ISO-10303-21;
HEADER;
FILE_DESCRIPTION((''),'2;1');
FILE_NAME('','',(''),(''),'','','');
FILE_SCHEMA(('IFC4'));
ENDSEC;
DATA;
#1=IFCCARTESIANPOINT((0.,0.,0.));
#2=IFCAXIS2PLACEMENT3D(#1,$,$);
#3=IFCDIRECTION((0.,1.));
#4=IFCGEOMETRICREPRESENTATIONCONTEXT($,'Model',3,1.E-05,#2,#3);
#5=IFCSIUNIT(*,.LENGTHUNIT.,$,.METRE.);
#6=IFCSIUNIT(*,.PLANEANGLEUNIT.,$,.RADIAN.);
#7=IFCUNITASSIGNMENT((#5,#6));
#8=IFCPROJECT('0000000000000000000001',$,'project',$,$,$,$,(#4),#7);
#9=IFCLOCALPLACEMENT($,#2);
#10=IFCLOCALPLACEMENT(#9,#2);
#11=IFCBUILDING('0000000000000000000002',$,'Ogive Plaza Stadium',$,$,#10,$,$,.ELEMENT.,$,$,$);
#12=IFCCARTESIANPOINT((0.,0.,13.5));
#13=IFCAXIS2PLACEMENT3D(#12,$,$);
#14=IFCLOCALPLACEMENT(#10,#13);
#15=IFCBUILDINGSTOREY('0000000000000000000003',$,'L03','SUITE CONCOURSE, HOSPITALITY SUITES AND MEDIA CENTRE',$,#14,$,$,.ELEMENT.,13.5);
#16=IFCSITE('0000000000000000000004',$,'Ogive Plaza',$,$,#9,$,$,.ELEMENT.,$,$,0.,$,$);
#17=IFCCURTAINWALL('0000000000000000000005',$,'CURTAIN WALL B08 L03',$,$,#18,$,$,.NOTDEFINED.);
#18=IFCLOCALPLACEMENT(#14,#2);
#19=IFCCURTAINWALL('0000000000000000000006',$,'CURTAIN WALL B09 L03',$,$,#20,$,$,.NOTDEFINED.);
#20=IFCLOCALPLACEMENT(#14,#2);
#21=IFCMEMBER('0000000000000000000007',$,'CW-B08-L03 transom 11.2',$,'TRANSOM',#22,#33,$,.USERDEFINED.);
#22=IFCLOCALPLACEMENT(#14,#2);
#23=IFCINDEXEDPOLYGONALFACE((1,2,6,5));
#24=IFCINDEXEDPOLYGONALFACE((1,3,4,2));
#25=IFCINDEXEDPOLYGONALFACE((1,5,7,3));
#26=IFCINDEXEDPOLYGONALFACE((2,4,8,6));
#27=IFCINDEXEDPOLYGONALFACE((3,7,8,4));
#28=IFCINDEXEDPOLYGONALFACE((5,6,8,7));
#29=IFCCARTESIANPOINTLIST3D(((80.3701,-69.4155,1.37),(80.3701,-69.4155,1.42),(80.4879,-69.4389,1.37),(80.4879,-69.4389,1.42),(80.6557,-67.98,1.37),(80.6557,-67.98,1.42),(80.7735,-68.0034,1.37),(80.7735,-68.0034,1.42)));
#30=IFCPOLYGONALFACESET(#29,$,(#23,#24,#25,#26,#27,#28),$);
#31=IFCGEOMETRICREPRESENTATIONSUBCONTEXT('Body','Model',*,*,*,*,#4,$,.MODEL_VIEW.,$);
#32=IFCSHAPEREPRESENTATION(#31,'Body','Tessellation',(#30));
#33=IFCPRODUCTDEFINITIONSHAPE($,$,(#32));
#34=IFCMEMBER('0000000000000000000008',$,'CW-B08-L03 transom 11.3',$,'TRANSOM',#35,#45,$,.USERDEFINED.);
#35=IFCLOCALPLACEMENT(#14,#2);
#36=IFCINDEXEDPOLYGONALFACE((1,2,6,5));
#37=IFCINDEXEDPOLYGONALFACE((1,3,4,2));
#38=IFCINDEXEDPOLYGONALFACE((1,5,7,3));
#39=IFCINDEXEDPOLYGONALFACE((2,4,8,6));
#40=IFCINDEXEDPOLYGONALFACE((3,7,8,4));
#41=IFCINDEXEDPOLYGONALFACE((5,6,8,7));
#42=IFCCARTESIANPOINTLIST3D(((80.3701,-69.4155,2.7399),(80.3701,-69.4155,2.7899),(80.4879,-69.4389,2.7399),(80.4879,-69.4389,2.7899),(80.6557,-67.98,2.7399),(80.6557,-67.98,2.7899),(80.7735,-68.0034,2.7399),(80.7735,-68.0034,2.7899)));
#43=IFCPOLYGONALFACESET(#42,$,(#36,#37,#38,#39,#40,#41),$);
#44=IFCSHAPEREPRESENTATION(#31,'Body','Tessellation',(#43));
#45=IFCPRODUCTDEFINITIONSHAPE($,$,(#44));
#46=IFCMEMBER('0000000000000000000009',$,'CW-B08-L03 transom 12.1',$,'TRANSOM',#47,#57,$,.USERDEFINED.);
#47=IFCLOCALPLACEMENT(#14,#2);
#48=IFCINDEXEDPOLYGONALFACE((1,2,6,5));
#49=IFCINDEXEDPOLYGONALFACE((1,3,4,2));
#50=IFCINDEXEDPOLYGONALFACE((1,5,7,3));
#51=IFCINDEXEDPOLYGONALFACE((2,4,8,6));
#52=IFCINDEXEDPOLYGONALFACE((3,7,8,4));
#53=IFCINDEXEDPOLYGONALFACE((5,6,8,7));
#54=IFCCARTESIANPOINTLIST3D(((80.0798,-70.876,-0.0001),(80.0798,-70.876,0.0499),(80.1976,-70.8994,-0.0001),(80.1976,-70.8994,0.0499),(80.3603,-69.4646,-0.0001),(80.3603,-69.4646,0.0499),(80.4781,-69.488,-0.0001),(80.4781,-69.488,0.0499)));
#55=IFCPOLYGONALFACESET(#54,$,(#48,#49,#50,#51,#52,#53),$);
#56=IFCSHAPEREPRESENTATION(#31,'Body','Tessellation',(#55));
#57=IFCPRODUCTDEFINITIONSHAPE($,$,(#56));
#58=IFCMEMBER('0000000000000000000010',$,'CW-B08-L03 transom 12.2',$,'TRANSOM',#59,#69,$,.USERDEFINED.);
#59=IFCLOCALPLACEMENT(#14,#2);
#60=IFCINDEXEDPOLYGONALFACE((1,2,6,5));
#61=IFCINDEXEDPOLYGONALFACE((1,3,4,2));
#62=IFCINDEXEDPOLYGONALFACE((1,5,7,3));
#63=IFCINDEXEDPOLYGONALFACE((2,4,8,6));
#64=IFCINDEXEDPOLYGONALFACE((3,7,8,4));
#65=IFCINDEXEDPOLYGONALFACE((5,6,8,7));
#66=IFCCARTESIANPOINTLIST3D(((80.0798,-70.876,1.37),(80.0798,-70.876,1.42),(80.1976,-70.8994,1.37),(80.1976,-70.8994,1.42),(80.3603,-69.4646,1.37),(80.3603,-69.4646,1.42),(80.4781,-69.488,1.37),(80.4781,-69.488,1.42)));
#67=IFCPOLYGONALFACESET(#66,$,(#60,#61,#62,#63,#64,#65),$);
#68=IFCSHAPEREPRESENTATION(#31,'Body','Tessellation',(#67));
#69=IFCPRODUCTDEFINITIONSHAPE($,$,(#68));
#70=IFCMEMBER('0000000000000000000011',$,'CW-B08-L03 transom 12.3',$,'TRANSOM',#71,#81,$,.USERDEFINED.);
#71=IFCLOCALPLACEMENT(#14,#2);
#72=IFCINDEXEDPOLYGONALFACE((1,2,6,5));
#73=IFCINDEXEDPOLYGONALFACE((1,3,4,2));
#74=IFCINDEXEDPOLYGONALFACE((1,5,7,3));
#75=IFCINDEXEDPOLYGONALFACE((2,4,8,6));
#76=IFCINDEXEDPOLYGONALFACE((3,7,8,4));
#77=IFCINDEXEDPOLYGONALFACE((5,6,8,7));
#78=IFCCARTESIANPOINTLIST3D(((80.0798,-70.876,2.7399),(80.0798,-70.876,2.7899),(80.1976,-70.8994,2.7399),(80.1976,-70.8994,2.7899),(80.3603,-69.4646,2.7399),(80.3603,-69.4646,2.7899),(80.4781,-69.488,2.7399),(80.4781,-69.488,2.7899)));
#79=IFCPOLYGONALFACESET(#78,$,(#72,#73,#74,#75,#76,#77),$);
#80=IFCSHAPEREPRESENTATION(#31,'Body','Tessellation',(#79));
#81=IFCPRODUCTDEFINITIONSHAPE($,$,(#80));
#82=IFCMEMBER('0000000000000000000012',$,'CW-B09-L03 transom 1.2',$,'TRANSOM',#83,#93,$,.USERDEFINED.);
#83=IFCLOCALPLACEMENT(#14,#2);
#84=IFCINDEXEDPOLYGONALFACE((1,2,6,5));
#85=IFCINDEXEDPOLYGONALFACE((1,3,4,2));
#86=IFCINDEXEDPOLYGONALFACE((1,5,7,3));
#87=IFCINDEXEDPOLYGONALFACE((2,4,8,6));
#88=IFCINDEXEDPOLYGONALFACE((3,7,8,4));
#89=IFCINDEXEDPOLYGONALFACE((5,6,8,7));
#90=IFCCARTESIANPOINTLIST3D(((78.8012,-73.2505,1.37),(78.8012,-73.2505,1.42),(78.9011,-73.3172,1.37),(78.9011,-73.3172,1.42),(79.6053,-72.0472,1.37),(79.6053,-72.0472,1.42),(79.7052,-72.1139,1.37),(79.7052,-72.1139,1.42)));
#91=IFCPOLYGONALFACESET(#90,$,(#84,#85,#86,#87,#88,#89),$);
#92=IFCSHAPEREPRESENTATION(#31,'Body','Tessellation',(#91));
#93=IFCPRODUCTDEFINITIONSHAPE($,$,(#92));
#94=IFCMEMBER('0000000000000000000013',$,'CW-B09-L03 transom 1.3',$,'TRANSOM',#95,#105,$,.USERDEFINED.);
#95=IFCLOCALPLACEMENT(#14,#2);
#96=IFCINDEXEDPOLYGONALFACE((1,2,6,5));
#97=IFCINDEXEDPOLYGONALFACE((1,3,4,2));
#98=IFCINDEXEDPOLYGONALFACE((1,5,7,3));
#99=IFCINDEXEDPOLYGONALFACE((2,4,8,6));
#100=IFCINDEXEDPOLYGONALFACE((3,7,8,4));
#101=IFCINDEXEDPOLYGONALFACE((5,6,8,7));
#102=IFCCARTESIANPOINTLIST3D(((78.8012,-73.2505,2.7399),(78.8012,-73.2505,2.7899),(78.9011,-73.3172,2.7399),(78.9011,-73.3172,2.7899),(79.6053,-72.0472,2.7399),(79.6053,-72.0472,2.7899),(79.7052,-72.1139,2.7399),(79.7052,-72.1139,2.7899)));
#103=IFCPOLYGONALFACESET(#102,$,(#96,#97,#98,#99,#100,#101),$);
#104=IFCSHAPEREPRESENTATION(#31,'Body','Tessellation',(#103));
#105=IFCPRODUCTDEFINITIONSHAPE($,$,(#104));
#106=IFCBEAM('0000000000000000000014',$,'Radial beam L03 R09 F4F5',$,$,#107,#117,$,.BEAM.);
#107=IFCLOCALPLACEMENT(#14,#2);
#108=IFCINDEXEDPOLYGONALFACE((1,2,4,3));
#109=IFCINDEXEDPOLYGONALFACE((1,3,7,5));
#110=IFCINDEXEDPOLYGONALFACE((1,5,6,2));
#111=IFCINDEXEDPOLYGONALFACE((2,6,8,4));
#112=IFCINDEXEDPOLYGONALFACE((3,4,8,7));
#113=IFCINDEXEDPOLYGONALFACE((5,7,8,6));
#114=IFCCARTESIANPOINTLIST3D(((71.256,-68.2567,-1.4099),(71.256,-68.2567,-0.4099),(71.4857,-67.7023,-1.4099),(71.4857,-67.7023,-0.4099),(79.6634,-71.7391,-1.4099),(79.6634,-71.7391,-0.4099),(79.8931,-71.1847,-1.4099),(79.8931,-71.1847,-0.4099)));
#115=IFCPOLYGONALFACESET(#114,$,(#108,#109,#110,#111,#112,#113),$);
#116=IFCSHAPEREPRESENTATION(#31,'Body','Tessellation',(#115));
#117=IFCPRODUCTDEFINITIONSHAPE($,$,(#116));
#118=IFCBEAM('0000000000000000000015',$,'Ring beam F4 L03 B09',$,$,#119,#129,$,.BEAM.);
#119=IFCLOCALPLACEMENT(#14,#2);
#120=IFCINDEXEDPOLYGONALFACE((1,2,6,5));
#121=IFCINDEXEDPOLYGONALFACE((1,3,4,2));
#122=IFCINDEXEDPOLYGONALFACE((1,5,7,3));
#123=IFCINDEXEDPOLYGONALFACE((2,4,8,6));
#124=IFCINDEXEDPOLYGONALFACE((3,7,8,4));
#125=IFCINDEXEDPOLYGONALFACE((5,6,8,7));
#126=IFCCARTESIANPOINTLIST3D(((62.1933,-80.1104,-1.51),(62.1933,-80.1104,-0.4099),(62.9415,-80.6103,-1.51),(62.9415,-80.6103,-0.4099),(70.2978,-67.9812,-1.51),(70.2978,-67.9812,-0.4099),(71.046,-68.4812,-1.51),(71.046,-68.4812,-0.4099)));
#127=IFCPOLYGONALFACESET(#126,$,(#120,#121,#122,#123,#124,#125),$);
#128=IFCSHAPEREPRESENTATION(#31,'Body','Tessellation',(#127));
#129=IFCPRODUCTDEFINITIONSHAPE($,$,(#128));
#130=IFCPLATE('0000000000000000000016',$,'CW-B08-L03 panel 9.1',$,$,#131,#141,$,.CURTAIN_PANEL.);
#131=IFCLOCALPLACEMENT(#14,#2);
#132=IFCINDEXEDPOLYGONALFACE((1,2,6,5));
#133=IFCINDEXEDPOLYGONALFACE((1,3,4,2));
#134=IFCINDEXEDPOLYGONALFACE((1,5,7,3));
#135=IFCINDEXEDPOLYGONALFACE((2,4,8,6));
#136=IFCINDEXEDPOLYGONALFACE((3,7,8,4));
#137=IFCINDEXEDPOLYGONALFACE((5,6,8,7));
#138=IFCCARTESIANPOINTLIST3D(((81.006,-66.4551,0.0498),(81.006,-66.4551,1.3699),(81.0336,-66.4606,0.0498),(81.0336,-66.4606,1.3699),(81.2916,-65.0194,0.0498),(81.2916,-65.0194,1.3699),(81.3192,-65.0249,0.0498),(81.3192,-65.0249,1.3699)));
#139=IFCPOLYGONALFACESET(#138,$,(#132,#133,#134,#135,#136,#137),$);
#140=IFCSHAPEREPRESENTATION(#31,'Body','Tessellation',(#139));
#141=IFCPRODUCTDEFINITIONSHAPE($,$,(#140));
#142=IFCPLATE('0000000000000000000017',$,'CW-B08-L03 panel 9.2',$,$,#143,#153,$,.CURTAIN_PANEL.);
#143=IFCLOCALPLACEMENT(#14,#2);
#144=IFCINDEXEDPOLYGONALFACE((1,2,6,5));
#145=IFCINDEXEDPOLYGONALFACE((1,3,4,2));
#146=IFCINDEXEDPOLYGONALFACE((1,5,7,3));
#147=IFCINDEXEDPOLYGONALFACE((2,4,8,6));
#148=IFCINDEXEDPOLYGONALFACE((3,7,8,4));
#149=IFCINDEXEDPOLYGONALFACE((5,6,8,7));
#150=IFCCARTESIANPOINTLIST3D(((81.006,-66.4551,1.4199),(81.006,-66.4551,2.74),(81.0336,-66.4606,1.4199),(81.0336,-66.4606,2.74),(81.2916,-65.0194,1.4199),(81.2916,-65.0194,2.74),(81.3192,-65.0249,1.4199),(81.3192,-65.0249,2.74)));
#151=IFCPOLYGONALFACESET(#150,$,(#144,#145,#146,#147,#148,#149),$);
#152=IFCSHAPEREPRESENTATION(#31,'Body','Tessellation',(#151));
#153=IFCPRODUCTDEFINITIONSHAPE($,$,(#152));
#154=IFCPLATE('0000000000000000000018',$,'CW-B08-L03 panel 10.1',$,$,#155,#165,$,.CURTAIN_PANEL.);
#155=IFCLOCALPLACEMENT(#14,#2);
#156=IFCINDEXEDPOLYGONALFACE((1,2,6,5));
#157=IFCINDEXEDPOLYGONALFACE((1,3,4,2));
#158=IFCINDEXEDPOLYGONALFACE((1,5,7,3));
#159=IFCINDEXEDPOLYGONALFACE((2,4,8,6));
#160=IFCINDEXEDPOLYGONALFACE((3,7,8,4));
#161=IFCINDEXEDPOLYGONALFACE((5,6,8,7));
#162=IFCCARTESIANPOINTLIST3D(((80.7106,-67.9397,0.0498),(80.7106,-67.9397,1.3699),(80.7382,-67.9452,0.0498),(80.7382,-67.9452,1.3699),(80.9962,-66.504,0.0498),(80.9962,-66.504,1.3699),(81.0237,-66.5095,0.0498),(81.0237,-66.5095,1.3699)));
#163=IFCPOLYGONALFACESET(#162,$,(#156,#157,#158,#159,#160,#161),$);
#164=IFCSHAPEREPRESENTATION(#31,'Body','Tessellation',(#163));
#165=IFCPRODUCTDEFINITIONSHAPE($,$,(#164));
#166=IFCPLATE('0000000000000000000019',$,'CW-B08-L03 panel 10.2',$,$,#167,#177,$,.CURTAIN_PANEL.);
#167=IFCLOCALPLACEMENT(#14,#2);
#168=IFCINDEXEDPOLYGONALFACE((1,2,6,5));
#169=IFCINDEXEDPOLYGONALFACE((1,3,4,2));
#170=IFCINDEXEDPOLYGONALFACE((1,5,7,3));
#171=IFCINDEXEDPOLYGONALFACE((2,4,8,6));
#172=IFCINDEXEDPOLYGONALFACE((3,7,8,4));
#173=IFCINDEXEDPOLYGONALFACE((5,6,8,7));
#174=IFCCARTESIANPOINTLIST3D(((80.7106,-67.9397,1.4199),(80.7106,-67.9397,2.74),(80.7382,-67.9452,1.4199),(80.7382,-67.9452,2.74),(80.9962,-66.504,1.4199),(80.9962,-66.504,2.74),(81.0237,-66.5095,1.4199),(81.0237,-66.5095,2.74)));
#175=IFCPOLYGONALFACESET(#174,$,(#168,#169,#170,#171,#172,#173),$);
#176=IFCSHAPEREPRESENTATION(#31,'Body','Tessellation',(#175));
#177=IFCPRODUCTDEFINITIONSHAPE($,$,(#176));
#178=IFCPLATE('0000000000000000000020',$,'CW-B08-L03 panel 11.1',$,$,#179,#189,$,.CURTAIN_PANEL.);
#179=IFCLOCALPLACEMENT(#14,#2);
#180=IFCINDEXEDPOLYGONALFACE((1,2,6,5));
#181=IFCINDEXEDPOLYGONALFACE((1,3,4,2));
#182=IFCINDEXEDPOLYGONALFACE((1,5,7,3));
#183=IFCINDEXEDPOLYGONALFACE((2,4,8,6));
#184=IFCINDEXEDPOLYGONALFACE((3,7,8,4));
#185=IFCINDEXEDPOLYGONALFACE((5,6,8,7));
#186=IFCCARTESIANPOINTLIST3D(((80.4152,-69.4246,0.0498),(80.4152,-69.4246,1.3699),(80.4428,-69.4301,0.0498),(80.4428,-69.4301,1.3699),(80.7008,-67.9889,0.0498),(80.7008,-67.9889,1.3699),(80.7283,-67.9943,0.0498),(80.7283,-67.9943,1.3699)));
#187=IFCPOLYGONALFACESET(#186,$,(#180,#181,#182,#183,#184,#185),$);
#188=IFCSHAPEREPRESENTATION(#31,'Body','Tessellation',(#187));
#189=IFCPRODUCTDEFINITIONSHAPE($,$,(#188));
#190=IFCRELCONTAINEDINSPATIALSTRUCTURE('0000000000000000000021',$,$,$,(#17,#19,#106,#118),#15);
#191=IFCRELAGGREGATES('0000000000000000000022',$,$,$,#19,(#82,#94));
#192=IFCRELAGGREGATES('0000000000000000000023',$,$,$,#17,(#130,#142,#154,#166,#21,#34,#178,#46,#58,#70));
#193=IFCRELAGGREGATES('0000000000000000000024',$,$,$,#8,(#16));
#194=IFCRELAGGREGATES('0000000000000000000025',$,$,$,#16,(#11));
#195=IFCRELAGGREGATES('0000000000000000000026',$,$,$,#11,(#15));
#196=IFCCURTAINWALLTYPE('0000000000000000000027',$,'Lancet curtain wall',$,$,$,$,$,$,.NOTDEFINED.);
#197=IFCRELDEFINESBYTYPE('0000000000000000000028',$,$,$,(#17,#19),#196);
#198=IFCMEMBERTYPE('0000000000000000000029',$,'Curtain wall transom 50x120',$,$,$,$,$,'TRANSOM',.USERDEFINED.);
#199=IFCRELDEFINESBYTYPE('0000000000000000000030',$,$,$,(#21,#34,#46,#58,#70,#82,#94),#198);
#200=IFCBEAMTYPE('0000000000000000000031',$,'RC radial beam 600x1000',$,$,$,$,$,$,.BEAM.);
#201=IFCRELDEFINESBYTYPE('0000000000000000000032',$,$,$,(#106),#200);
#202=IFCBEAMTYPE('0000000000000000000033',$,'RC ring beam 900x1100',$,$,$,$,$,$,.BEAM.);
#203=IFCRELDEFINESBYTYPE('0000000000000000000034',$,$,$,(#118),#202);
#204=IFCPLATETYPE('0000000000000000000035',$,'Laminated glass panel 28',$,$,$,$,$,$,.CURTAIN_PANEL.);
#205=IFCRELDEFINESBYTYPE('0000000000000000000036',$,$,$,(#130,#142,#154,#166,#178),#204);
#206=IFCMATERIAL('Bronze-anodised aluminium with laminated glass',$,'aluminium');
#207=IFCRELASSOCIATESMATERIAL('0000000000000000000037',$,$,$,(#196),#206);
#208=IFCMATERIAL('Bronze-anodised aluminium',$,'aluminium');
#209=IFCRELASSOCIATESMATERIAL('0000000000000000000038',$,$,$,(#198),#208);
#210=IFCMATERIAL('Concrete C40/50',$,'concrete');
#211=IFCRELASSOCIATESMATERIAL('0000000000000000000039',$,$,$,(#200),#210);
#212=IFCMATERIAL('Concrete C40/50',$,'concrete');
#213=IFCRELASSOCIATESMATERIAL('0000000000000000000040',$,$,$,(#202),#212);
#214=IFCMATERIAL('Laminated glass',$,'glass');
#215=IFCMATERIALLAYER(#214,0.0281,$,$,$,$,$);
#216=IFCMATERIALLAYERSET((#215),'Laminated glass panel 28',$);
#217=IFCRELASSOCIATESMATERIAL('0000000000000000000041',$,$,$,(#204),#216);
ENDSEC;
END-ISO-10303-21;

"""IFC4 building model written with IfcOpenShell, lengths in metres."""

from ifc_helpers import new_model, si_unit, direction, frame, origin, origin_2d, place, context, subcontext, project, spatial, rectangle, extrude, material, layer, layer_set, material_profile, profile_set, type_object, element, aggregate, save


model = new_model("IFC4")

# Units and contexts
model_context = context("Model", 3, precision=1e-05, world=origin(), true_north=direction((0.0, 1.0)))
body_context = subcontext(model_context, "Body", "Model", "MODEL_VIEW")
ifc_project = project(units=[si_unit("LENGTHUNIT", "METRE"), si_unit("PLANEANGLEUNIT", "RADIAN")], contexts=[model_context])

# Site, building, storey
site_placement = place(None, origin())
site = spatial("IfcSite", under=ifc_project, at=site_placement, Name="Ogive Plaza", CompositionType="ELEMENT", RefElevation=0.0)
building_placement = place(site_placement, origin())
building = spatial("IfcBuilding", under=site, at=building_placement, Name="Ogive Plaza Stadium", CompositionType="ELEMENT")
storey_placement = place(building_placement, frame((0.0, 0.0, 13.5)))
storey = spatial("IfcBuildingStorey", under=building, at=storey_placement, Name="L03", Description="SUITE CONCOURSE, HOSPITALITY SUITES AND MEDIA CENTRE", CompositionType="ELEMENT", Elevation=13.5)

# Curtain wall
ifc_material_1 = material(Name="Bronze-anodised aluminium with laminated glass", Category="aluminium")
curtain_wall_type = type_object("IfcCurtainWallType", Name="Lancet curtain wall", PredefinedType="NOTDEFINED", material=ifc_material_1)
curtain_wall_1_placement = place(storey_placement, origin())
curtain_wall_1 = element("IfcCurtainWall", 1, at=curtain_wall_1_placement, inside=storey, type_object=curtain_wall_type, Name="CURTAIN WALL B08 L03", PredefinedType="NOTDEFINED")

# Curtain wall
curtain_wall_2_placement = place(storey_placement, origin())
curtain_wall_2 = element("IfcCurtainWall", 2, at=curtain_wall_2_placement, inside=storey, type_object=curtain_wall_type, Name="CURTAIN WALL B09 L03", PredefinedType="NOTDEFINED")

# Members
ifc_material_2 = material(Name="Bronze-anodised aluminium", Category="aluminium")
ifc_material_profile_1 = material_profile(ifc_material_2, rectangle(XDim=0.1201, YDim=0.05, at=origin_2d()), Name="AL 120x50")
ifc_profile_set_1 = profile_set([ifc_material_profile_1], Name="Bronze-anodised aluminium")
member_type_1 = type_object("IfcMemberType", Name="Curtain wall transom 50x120", ElementType="TRANSOM", PredefinedType="USERDEFINED", material=ifc_profile_set_1)
member_1_placement = place(storey_placement, frame((80.7146, -67.9917, 1.395), z_axis=(-0.195154, -0.980773, 0.0), x_axis=(0.980773, -0.195154, 0.0)))
member_1 = element("IfcMember", 3, at=member_1_placement, type_object=member_type_1, Name="CW-B08-L03 transom 11.2", ObjectType="TRANSOM", PredefinedType="USERDEFINED", context=body_context, shape_type="SweptSolid", body=[
    extrude(rectangle(XDim=0.1201, YDim=0.05, at=origin_2d()), origin(), (0.0, 0.0, 1.0), 1.4636),
])
member_2_placement = place(storey_placement, frame((80.7146, -67.9917, 2.7649), z_axis=(-0.195154, -0.980773, 0.0), x_axis=(0.980773, -0.195154, 0.0)))
member_2 = element("IfcMember", 4, at=member_2_placement, type_object=member_type_1, Name="CW-B08-L03 transom 11.3", ObjectType="TRANSOM", PredefinedType="USERDEFINED", context=body_context, shape_type="SweptSolid", body=[
    extrude(rectangle(XDim=0.1201, YDim=0.05, at=origin_2d()), origin(), (0.0, 0.0, 1.0), 1.4636),
])
member_3_placement = place(storey_placement, frame((80.4192, -69.4763, 0.0249), z_axis=(-0.194941, -0.980815, 0.0), x_axis=(0.980815, -0.194941, 0.0)))
member_3 = element("IfcMember", 5, at=member_3_placement, type_object=member_type_1, Name="CW-B08-L03 transom 12.1", ObjectType="TRANSOM", PredefinedType="USERDEFINED", context=body_context, shape_type="SweptSolid", body=[
    extrude(rectangle(XDim=0.1201, YDim=0.05, at=origin_2d()), origin(), (0.0, 0.0, 1.0), 1.439),
])
member_4_placement = place(storey_placement, frame((80.4192, -69.4763, 1.395), z_axis=(-0.194941, -0.980815, 0.0), x_axis=(0.980815, -0.194941, 0.0)))
member_4 = element("IfcMember", 6, at=member_4_placement, type_object=member_type_1, Name="CW-B08-L03 transom 12.2", ObjectType="TRANSOM", PredefinedType="USERDEFINED", context=body_context, shape_type="SweptSolid", body=[
    extrude(rectangle(XDim=0.1201, YDim=0.05, at=origin_2d()), origin(), (0.0, 0.0, 1.0), 1.439),
])
member_5_placement = place(storey_placement, frame((80.4192, -69.4763, 2.7649), z_axis=(-0.194941, -0.980815, 0.0), x_axis=(0.980815, -0.194941, 0.0)))
member_5 = element("IfcMember", 7, at=member_5_placement, type_object=member_type_1, Name="CW-B08-L03 transom 12.3", ObjectType="TRANSOM", PredefinedType="USERDEFINED", context=body_context, shape_type="SweptSolid", body=[
    extrude(rectangle(XDim=0.1201, YDim=0.05, at=origin_2d()), origin(), (0.0, 0.0, 1.0), 1.439),
])
member_6_placement = place(storey_placement, frame((79.6553, -72.0806, 1.395), z_axis=(-0.555634, -0.831427, 0.0), x_axis=(0.831427, -0.555634, 0.0)))
member_6 = element("IfcMember", 8, at=member_6_placement, type_object=member_type_1, Name="CW-B09-L03 transom 1.2", ObjectType="TRANSOM", PredefinedType="USERDEFINED", context=body_context, shape_type="SweptSolid", body=[
    extrude(rectangle(XDim=0.1201, YDim=0.05, at=origin_2d()), origin(), (0.0, 0.0, 1.0), 1.4473),
])
member_7_placement = place(storey_placement, frame((79.6553, -72.0806, 2.7649), z_axis=(-0.555634, -0.831427, 0.0), x_axis=(0.831427, -0.555634, 0.0)))
member_7 = element("IfcMember", 9, at=member_7_placement, type_object=member_type_1, Name="CW-B09-L03 transom 1.3", ObjectType="TRANSOM", PredefinedType="USERDEFINED", context=body_context, shape_type="SweptSolid", body=[
    extrude(rectangle(XDim=0.1201, YDim=0.05, at=origin_2d()), origin(), (0.0, 0.0, 1.0), 1.4473),
])
aggregate(curtain_wall_2, [member_6, member_7])

# Beams
ifc_material_3 = material(Name="Concrete C40/50", Category="concrete")
ifc_material_profile_2 = material_profile(ifc_material_3, rectangle(XDim=0.6001, YDim=1.0, at=origin_2d()), Name="RC 600x1000")
ifc_profile_set_2 = profile_set([ifc_material_profile_2], Name="Concrete C40/50")
beam_type_1 = type_object("IfcBeamType", Name="RC radial beam 600x1000", PredefinedType="BEAM", material=ifc_profile_set_2)
beam_1_placement = place(storey_placement, frame((71.3708, -67.9795, -0.9099), z_axis=(0.923882, -0.382677, 0.0), x_axis=(0.382677, 0.923882, 0.0)))
element("IfcBeam", 10, at=beam_1_placement, inside=storey, type_object=beam_type_1, Name="Radial beam L03 R09 F4F5", PredefinedType="BEAM", context=body_context, shape_type="SweptSolid", body=[
    extrude(rectangle(XDim=0.6001, YDim=1.0, at=origin_2d()), origin(), (0.0, 0.0, 1.0), 9.1001),
])
ifc_material_4 = material(Name="Concrete C40/50", Category="concrete")
ifc_material_profile_3 = material_profile(ifc_material_4, rectangle(XDim=0.8999, YDim=1.1001, at=origin_2d()), Name="RC 900x1100")
ifc_profile_set_3 = profile_set([ifc_material_profile_3], Name="Concrete C40/50")
beam_type_2 = type_object("IfcBeamType", Name="RC ring beam 900x1100", PredefinedType="BEAM", material=ifc_profile_set_3)
beam_2_placement = place(storey_placement, frame((70.6719, -68.2312, -0.96), z_axis=(-0.555573, -0.831468, 0.0), x_axis=(0.831468, -0.555573, 0.0)))
element("IfcBeam", 11, at=beam_2_placement, inside=storey, type_object=beam_type_2, Name="Ring beam F4 L03 B09", PredefinedType="BEAM", context=body_context, shape_type="SweptSolid", body=[
    extrude(rectangle(XDim=0.8999, YDim=1.1001, at=origin_2d()), origin(), (0.0, 0.0, 1.0), 14.5876),
])

# Plates
ifc_material_5 = material(Name="Laminated glass", Category="glass")
ifc_layer = layer(ifc_material_5, 0.0281)
ifc_layer_set = layer_set([ifc_layer], Name="Laminated glass panel 28")
plate_type = type_object("IfcPlateType", Name="Laminated glass panel 28", PredefinedType="CURTAIN_PANEL", material=ifc_layer_set)
plate_1_placement = place(storey_placement, frame((81.1626, -65.74, 0.0498), z_axis=(0.0, 0.0, 1.0), x_axis=(-0.19509, -0.980785, 0.0)))
plate_1 = element("IfcPlate", 12, at=plate_1_placement, type_object=plate_type, Name="CW-B08-L03 panel 9.1", PredefinedType="CURTAIN_PANEL", context=body_context, shape_type="SweptSolid", body=[
    extrude(rectangle(XDim=1.4639, YDim=0.0281, at=origin_2d()), origin(), (0.0, 0.0, 1.0), 1.3201),
])
plate_2_placement = place(storey_placement, frame((81.1626, -65.74, 1.4199), z_axis=(0.0, 0.0, 1.0), x_axis=(-0.19509, -0.980785, 0.0)))
plate_2 = element("IfcPlate", 13, at=plate_2_placement, type_object=plate_type, Name="CW-B08-L03 panel 9.2", PredefinedType="CURTAIN_PANEL", context=body_context, shape_type="SweptSolid", body=[
    extrude(rectangle(XDim=1.4639, YDim=0.0281, at=origin_2d()), origin(), (0.0, 0.0, 1.0), 1.3201),
])
plate_3_placement = place(storey_placement, frame((80.8672, -67.2246, 0.0498), z_axis=(0.0, 0.0, 1.0), x_axis=(-0.19509, -0.980785, 0.0)))
plate_3 = element("IfcPlate", 14, at=plate_3_placement, type_object=plate_type, Name="CW-B08-L03 panel 10.1", PredefinedType="CURTAIN_PANEL", context=body_context, shape_type="SweptSolid", body=[
    extrude(rectangle(XDim=1.4639, YDim=0.0281, at=origin_2d()), origin(), (0.0, 0.0, 1.0), 1.3201),
])
plate_4_placement = place(storey_placement, frame((80.8672, -67.2246, 1.4199), z_axis=(0.0, 0.0, 1.0), x_axis=(-0.19509, -0.980785, 0.0)))
plate_4 = element("IfcPlate", 15, at=plate_4_placement, type_object=plate_type, Name="CW-B08-L03 panel 10.2", PredefinedType="CURTAIN_PANEL", context=body_context, shape_type="SweptSolid", body=[
    extrude(rectangle(XDim=1.4639, YDim=0.0281, at=origin_2d()), origin(), (0.0, 0.0, 1.0), 1.3201),
])
plate_5_placement = place(storey_placement, frame((80.5718, -68.7095, 0.0498), z_axis=(0.0, 0.0, 1.0), x_axis=(-0.19509, -0.980785, 0.0)))
plate_5 = element("IfcPlate", 16, at=plate_5_placement, type_object=plate_type, Name="CW-B08-L03 panel 11.1", PredefinedType="CURTAIN_PANEL", context=body_context, shape_type="SweptSolid", body=[
    extrude(rectangle(XDim=1.4639, YDim=0.0281, at=origin_2d()), origin(), (0.0, 0.0, 1.0), 1.3201),
])
aggregate(curtain_wall_1, [plate_1, plate_2, plate_3, plate_4, member_1, member_2, plate_5, member_3, member_4, member_5])

save(model, "model.ifc")
